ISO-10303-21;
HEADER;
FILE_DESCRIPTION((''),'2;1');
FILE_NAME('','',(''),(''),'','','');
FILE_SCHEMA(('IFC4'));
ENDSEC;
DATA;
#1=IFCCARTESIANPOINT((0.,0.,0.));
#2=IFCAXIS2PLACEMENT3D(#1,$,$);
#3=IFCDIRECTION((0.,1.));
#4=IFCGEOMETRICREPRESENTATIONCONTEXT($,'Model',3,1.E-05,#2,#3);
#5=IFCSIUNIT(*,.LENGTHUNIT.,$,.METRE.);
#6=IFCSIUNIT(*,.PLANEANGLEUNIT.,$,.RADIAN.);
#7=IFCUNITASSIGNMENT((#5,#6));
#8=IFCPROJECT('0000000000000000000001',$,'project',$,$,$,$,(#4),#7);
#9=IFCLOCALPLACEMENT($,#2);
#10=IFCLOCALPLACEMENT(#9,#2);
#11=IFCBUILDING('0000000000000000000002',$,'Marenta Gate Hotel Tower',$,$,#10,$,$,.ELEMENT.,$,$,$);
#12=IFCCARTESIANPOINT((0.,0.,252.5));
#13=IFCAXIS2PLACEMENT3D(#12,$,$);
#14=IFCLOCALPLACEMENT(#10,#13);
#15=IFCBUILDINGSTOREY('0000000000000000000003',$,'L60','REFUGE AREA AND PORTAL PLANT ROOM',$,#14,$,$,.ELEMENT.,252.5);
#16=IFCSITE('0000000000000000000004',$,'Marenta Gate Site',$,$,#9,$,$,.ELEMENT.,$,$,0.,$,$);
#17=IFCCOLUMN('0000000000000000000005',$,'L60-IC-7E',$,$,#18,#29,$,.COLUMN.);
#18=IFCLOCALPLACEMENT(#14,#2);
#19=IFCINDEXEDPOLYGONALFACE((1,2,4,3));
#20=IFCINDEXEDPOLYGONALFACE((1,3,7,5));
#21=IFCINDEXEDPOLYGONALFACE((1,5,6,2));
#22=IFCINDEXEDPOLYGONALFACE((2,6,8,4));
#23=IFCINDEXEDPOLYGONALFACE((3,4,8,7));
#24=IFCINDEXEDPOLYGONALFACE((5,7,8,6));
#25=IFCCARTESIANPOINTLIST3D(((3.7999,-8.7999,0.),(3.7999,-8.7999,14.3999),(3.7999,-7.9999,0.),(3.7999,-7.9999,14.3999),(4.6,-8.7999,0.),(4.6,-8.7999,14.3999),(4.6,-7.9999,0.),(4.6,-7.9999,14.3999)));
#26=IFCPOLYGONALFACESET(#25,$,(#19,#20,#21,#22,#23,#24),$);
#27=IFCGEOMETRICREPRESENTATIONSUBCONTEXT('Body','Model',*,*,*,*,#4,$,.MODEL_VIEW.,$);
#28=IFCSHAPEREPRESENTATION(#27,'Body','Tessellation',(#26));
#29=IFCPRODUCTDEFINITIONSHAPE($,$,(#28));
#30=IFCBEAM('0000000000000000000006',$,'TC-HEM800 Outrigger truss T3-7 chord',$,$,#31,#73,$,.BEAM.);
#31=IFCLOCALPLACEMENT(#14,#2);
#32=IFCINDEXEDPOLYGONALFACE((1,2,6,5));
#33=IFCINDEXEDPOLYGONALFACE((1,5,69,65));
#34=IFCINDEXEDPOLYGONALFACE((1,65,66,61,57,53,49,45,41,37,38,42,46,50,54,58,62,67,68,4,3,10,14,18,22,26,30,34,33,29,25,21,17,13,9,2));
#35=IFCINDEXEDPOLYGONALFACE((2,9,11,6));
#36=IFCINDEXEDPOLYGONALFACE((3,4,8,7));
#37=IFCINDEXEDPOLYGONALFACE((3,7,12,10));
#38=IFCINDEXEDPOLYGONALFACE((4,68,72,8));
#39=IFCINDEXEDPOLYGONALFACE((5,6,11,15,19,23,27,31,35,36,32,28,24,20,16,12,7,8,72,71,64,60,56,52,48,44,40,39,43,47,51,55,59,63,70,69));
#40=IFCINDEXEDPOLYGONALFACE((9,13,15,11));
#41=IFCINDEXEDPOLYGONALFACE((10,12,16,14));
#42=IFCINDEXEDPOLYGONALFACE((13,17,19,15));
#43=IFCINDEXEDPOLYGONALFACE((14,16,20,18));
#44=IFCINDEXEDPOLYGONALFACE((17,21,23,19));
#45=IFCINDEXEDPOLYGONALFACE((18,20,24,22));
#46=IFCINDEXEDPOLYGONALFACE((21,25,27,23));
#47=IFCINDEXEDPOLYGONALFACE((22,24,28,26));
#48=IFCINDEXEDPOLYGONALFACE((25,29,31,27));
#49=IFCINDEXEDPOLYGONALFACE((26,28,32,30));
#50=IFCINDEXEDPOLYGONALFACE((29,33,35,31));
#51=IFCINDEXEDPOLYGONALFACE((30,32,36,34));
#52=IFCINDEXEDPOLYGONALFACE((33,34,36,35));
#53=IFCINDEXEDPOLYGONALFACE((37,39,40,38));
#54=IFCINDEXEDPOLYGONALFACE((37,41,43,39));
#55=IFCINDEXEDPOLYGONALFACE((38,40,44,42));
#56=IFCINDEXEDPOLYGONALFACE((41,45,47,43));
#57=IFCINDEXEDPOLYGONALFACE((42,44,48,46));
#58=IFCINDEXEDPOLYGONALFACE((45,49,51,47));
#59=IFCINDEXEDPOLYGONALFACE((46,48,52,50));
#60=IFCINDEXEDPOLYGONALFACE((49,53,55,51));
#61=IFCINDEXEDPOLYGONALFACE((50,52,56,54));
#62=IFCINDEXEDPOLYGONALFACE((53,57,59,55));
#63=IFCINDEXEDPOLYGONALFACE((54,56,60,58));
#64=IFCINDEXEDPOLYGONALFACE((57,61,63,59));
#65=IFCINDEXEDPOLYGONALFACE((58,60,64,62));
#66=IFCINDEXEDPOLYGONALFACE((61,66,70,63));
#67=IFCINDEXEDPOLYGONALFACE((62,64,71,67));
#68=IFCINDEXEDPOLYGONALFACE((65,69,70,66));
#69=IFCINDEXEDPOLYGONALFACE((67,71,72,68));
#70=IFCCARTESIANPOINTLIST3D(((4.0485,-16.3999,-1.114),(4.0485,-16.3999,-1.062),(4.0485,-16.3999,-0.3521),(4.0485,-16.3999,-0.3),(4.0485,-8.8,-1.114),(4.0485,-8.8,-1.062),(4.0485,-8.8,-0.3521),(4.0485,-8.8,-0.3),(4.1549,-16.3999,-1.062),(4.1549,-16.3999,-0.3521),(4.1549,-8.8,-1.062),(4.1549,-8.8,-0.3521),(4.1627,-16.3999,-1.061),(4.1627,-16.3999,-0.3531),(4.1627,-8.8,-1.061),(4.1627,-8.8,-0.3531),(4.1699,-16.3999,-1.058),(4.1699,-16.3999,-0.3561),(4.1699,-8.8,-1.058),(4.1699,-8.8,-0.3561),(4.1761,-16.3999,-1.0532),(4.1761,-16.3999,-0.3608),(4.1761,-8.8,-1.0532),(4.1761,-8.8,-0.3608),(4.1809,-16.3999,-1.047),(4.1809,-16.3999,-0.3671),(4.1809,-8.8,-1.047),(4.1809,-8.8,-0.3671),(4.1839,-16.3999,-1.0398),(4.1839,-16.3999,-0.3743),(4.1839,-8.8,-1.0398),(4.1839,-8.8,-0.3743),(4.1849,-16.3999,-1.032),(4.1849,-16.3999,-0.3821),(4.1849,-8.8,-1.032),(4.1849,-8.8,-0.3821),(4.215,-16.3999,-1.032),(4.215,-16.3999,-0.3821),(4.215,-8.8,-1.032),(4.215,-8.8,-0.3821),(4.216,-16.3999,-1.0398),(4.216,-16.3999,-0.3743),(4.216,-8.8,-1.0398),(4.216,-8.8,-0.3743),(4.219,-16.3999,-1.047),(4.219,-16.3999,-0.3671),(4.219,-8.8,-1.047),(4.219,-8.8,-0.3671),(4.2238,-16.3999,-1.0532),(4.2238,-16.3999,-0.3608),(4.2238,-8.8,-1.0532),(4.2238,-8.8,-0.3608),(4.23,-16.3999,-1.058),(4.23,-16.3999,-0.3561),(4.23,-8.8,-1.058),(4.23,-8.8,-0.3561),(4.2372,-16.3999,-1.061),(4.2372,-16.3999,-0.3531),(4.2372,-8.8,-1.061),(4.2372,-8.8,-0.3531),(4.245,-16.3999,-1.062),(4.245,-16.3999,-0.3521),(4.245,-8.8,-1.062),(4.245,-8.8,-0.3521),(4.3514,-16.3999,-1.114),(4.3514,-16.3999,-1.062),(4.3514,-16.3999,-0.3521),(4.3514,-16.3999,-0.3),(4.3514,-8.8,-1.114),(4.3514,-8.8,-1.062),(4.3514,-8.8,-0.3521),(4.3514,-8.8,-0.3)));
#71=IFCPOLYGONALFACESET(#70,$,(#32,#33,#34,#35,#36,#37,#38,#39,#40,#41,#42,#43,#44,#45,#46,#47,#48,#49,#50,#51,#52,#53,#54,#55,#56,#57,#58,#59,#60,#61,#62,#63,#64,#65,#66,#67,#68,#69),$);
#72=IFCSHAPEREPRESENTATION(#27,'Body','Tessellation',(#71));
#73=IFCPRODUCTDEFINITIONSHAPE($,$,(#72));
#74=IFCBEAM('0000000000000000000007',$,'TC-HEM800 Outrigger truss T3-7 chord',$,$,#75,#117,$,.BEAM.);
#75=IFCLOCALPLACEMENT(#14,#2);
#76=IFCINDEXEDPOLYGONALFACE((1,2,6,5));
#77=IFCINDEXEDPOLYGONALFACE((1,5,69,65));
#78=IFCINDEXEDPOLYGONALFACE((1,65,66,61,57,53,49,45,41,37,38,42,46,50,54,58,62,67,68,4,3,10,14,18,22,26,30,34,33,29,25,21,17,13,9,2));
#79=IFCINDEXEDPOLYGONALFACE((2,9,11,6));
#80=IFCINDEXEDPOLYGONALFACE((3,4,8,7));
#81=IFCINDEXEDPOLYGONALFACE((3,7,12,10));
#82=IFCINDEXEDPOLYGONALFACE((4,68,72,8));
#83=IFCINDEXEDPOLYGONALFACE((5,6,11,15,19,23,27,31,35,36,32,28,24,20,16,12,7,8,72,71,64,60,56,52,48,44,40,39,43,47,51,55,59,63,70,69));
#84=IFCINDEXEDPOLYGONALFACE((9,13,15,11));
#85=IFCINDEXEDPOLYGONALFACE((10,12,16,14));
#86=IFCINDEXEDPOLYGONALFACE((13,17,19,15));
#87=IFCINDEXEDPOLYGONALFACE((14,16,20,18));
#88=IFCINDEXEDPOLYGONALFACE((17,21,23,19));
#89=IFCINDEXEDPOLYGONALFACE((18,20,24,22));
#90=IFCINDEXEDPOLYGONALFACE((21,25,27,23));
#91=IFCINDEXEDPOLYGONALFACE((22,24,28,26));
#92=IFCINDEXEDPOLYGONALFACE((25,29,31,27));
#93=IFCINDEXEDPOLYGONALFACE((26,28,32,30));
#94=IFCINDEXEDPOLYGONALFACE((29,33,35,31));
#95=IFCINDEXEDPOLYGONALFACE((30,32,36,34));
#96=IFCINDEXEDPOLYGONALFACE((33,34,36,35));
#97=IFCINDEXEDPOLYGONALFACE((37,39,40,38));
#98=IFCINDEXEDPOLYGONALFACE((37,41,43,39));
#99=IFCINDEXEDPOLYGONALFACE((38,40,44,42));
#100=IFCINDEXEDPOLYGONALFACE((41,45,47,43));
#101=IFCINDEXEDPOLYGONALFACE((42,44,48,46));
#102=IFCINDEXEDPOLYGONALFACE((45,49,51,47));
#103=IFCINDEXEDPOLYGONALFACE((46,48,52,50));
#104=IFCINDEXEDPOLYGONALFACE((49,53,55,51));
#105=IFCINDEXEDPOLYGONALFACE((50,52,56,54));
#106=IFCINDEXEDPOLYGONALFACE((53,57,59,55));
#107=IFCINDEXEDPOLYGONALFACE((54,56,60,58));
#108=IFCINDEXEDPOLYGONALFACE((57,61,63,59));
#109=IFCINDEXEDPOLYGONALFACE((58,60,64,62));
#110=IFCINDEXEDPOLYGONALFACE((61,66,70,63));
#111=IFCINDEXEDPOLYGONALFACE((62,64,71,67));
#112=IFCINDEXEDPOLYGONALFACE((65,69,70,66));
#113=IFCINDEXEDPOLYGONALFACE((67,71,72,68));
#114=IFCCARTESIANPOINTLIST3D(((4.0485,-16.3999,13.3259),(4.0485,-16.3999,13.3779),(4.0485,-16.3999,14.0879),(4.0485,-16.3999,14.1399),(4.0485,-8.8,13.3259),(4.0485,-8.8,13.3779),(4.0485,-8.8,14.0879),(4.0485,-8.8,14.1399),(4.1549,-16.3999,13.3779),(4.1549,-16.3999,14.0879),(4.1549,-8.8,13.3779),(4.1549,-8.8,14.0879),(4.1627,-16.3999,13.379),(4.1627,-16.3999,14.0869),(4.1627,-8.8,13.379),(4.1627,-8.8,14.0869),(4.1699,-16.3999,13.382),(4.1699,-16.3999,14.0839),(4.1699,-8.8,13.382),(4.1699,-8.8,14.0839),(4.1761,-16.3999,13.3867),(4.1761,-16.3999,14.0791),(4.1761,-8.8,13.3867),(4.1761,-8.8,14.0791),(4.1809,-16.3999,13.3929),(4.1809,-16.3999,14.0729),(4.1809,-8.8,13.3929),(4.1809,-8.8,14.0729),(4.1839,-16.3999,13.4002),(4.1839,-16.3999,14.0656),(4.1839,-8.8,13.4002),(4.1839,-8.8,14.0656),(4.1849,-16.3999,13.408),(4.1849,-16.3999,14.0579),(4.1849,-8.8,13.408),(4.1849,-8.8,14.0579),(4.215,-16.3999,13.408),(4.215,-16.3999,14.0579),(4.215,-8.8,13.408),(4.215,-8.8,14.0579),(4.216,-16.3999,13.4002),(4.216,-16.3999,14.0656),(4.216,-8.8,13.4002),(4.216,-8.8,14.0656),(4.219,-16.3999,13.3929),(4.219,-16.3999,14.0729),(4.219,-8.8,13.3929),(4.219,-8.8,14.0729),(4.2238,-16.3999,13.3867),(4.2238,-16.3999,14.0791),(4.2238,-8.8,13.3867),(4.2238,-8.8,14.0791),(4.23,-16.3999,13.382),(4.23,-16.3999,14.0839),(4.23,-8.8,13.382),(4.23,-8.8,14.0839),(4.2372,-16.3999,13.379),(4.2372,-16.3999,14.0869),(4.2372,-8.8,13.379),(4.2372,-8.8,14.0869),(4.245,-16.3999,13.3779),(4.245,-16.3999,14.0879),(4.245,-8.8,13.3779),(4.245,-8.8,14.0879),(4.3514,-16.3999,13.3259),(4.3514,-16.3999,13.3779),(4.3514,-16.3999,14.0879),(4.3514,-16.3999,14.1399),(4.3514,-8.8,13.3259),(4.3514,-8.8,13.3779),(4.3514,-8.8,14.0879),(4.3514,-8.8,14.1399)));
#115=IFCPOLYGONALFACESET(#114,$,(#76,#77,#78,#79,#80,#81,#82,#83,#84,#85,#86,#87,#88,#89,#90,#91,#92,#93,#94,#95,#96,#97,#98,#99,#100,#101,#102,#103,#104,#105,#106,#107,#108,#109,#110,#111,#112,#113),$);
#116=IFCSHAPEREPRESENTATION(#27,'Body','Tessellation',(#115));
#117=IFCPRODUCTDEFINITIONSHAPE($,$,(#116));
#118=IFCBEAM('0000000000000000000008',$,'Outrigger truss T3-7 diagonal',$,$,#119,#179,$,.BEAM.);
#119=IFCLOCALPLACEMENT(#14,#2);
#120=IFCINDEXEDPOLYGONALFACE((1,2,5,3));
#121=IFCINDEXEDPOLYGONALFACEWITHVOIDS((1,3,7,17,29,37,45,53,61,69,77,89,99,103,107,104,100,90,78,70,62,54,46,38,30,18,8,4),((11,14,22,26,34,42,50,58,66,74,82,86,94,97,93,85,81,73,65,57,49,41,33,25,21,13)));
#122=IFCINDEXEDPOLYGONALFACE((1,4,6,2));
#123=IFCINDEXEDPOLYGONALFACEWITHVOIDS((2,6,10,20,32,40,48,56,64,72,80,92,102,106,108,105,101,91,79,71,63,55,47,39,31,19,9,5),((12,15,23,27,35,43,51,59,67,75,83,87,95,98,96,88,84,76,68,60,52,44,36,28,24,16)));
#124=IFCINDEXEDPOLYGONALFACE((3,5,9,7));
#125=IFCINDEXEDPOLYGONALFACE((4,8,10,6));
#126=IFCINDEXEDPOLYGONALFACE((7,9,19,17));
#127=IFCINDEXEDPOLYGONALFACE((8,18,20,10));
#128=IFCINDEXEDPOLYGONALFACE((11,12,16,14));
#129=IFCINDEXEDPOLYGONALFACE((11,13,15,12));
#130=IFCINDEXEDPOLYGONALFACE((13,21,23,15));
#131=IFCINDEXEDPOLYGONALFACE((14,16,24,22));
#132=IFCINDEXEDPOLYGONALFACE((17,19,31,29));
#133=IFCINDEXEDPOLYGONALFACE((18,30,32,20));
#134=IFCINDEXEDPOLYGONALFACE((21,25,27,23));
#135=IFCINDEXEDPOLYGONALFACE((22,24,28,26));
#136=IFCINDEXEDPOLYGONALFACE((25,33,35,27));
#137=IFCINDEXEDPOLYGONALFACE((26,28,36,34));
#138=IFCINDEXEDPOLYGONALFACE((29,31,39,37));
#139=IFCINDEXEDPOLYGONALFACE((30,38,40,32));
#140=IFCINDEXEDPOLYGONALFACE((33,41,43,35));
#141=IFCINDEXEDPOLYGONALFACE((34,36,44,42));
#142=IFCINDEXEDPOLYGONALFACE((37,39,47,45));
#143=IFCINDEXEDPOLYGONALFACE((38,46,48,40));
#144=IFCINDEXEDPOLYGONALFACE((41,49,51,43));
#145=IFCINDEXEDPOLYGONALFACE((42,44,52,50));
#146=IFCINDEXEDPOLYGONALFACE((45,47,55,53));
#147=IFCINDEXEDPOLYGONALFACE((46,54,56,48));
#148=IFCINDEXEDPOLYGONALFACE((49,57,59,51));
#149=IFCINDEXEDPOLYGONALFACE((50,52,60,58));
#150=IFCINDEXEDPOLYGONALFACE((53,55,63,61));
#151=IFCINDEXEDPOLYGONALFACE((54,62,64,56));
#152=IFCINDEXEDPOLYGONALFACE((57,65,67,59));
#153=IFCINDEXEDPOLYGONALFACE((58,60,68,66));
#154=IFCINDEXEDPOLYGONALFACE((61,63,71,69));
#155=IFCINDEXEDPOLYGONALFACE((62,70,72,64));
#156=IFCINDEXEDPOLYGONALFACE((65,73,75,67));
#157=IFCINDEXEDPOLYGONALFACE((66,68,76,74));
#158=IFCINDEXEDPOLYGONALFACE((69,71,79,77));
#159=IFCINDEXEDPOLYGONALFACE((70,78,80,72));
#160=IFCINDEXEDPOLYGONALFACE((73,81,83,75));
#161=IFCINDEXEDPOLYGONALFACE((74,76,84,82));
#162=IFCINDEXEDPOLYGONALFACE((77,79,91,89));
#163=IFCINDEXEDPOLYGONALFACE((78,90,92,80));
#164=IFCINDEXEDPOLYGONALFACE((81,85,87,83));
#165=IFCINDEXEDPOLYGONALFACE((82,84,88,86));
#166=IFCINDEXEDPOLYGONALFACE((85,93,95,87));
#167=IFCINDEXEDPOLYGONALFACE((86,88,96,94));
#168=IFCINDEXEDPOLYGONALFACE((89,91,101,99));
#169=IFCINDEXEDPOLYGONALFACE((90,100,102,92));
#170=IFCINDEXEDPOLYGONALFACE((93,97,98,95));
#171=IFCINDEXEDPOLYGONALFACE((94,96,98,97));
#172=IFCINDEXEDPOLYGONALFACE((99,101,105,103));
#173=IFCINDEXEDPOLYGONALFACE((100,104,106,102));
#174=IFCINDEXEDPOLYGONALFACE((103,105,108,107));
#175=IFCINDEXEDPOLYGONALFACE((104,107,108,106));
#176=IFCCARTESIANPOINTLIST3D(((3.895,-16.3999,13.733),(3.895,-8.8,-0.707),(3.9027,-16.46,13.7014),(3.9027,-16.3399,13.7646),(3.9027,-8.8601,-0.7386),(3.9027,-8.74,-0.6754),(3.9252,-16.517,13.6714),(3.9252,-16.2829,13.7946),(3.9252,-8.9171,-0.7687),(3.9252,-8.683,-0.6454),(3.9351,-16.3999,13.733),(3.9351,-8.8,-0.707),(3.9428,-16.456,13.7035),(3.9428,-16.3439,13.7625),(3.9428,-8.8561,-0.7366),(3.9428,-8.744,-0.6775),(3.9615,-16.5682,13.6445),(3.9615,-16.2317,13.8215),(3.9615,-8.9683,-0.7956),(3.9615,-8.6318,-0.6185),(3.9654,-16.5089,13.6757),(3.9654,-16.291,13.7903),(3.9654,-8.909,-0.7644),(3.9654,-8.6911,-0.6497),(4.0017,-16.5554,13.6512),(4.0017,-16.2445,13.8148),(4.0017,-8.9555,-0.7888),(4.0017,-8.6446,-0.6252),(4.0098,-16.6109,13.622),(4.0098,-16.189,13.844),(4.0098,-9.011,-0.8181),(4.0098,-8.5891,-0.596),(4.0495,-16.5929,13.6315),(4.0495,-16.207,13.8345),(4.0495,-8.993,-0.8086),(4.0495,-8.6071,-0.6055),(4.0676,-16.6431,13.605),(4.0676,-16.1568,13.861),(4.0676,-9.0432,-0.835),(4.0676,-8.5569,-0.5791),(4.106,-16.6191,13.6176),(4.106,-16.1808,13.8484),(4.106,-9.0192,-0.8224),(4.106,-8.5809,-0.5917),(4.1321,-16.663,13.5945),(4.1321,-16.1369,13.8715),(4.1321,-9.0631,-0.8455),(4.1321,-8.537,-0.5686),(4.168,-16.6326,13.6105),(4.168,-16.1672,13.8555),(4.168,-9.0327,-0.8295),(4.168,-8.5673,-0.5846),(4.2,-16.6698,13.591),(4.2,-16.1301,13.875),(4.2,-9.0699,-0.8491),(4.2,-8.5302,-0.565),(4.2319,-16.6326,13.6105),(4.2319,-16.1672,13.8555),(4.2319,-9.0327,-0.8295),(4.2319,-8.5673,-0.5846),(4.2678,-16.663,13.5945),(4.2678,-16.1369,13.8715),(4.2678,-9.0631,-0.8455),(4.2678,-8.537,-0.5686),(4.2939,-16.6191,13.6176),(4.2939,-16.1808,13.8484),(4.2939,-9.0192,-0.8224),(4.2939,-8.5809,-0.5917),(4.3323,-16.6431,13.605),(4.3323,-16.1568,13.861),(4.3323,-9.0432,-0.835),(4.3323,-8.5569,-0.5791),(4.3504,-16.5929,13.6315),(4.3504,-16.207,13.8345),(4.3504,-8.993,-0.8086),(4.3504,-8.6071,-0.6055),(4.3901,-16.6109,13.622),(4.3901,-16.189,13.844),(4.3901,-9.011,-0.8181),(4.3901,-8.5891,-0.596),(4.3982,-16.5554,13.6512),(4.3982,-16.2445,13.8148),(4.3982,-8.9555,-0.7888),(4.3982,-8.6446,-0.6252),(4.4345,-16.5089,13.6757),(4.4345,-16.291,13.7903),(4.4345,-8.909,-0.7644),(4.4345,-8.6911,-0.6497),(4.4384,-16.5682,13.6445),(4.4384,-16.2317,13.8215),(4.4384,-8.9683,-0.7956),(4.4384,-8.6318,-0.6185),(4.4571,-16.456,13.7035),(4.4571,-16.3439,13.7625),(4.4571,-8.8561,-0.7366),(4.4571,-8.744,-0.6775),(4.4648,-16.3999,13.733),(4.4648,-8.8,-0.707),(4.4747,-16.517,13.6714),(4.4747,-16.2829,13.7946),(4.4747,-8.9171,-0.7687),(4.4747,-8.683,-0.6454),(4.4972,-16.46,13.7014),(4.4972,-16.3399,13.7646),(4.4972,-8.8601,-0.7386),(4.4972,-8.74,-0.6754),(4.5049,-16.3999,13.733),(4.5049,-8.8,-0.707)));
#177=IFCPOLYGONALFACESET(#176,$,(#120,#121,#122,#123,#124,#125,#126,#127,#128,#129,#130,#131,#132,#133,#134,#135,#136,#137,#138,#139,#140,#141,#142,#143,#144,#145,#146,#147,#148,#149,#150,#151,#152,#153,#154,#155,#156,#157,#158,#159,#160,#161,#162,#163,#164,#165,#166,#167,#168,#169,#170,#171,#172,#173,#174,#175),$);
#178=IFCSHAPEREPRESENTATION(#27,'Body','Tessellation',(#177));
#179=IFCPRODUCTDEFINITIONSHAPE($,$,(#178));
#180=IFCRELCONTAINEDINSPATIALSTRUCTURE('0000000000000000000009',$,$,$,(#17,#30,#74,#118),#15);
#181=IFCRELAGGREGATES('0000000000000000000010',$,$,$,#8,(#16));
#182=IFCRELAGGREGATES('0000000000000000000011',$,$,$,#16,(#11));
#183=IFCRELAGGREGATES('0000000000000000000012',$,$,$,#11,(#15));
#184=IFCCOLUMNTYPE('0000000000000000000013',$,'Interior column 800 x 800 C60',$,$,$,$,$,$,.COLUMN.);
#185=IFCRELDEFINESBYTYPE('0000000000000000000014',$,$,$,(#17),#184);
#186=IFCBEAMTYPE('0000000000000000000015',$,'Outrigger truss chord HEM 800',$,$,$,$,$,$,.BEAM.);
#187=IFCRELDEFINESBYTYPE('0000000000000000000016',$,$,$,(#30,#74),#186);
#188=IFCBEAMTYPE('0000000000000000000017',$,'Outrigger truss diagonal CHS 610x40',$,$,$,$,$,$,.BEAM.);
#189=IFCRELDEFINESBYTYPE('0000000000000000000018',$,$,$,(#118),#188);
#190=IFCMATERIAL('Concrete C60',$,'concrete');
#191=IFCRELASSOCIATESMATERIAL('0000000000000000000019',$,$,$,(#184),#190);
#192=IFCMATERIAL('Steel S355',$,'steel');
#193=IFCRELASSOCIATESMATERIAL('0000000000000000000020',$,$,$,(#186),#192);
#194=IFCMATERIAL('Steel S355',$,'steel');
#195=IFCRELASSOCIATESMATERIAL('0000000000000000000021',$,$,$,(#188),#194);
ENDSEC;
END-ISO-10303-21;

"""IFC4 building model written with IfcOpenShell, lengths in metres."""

from ifc_helpers import new_model, si_unit, direction, frame, origin, origin_2d, place, context, subcontext, project, spatial, rectangle, hollow_circle, i_section, extrude, material, material_profile, profile_set, type_object, element, save


model = new_model("IFC4")

# Units and contexts
model_context = context("Model", 3, precision=1e-05, world=origin(), true_north=direction((0.0, 1.0)))
body_context = subcontext(model_context, "Body", "Model", "MODEL_VIEW")
ifc_project = project(units=[si_unit("LENGTHUNIT", "METRE"), si_unit("PLANEANGLEUNIT", "RADIAN")], contexts=[model_context])

# Site, building, storey
site_placement = place(None, origin())
site = spatial("IfcSite", under=ifc_project, at=site_placement, Name="Marenta Gate Site", CompositionType="ELEMENT", RefElevation=0.0)
building_placement = place(site_placement, origin())
building = spatial("IfcBuilding", under=site, at=building_placement, Name="Marenta Gate Hotel Tower", CompositionType="ELEMENT")
storey_placement = place(building_placement, frame((0.0, 0.0, 252.5)))
storey = spatial("IfcBuildingStorey", under=building, at=storey_placement, Name="L60", Description="REFUGE AREA AND PORTAL PLANT ROOM", CompositionType="ELEMENT", Elevation=252.5)

# Column
ifc_material_1 = material(Name="Concrete C60", Category="concrete")
ifc_material_profile_1 = material_profile(ifc_material_1, rectangle(XDim=0.8, YDim=0.8, at=origin_2d()), Name="800 x 800")
ifc_profile_set_1 = profile_set([ifc_material_profile_1], Name="Concrete C60")
column_type = type_object("IfcColumnType", Name="Interior column 800 x 800 C60", PredefinedType="COLUMN", material=ifc_profile_set_1)
column_placement = place(storey_placement, frame((4.2, -8.3999, 0.0), z_axis=(0.0, 0.0, 1.0), x_axis=(1.0, 0.0, 0.0)))
element("IfcColumn", 1, at=column_placement, inside=storey, type_object=column_type, Name="L60-IC-7E", PredefinedType="COLUMN", context=body_context, shape_type="SweptSolid", body=[
    extrude(rectangle(XDim=0.8, YDim=0.8, at=origin_2d()), origin(), (0.0, 0.0, 1.0), 14.3999),
])

# Beams
ifc_material_2 = material(Name="Steel S355", Category="steel")
ifc_material_profile_2 = material_profile(ifc_material_2, i_section(OverallWidth=0.303, OverallDepth=0.814, WebThickness=0.03, FlangeThickness=0.052, FilletRadius=0.03, at=origin_2d()), Name="HEM 800")
ifc_profile_set_2 = profile_set([ifc_material_profile_2], Name="Steel S355")
beam_type_1 = type_object("IfcBeamType", Name="Outrigger truss chord HEM 800", PredefinedType="BEAM", material=ifc_profile_set_2)
for number, where, z_axis, x_axis, name in (
    (2, (4.2, -8.8, -0.707), (0.0, -1.0, 0.0), (1.0, 0.0, 0.0), "TC-HEM800 Outrigger truss T3-7 chord"),
    (3, (4.2, -8.8, 13.7329), (0.0, -1.0, 0.0), (1.0, 0.0, 0.0), "TC-HEM800 Outrigger truss T3-7 chord"),
):
    element("IfcBeam", number, at=place(storey_placement, frame(where, z_axis=z_axis, x_axis=x_axis)), inside=storey, type_object=beam_type_1, Name=name, PredefinedType="BEAM", context=body_context, shape_type="SweptSolid", body=[
        extrude(i_section(OverallWidth=0.303, OverallDepth=0.814, WebThickness=0.03, FlangeThickness=0.052, FilletRadius=0.03, at=origin_2d()), origin(), (0.0, 0.0, 1.0), 7.5999),
    ])
ifc_material_3 = material(Name="Steel S355", Category="steel")
ifc_material_profile_3 = material_profile(ifc_material_3, hollow_circle(Radius=0.3049, WallThickness=0.04, at=origin_2d()), Name="CHS 610x40")
ifc_profile_set_3 = profile_set([ifc_material_profile_3], Name="Steel S355")
beam_type_2 = type_object("IfcBeamType", Name="Outrigger truss diagonal CHS 610x40", PredefinedType="BEAM", material=ifc_profile_set_3)
beam_placement = place(storey_placement, frame((4.2, -8.8, -0.707), z_axis=(0.0, -0.465741, 0.884921), x_axis=(1.0, 0.0, 0.0)))
element("IfcBeam", 4, at=beam_placement, inside=storey, type_object=beam_type_2, Name="Outrigger truss T3-7 diagonal", PredefinedType="BEAM", context=body_context, shape_type="SweptSolid", body=[
    extrude(hollow_circle(Radius=0.3049, WallThickness=0.04, at=origin_2d()), origin(), (0.0, 0.0, 1.0), 16.3179),
])

save(model, "model.ifc")
